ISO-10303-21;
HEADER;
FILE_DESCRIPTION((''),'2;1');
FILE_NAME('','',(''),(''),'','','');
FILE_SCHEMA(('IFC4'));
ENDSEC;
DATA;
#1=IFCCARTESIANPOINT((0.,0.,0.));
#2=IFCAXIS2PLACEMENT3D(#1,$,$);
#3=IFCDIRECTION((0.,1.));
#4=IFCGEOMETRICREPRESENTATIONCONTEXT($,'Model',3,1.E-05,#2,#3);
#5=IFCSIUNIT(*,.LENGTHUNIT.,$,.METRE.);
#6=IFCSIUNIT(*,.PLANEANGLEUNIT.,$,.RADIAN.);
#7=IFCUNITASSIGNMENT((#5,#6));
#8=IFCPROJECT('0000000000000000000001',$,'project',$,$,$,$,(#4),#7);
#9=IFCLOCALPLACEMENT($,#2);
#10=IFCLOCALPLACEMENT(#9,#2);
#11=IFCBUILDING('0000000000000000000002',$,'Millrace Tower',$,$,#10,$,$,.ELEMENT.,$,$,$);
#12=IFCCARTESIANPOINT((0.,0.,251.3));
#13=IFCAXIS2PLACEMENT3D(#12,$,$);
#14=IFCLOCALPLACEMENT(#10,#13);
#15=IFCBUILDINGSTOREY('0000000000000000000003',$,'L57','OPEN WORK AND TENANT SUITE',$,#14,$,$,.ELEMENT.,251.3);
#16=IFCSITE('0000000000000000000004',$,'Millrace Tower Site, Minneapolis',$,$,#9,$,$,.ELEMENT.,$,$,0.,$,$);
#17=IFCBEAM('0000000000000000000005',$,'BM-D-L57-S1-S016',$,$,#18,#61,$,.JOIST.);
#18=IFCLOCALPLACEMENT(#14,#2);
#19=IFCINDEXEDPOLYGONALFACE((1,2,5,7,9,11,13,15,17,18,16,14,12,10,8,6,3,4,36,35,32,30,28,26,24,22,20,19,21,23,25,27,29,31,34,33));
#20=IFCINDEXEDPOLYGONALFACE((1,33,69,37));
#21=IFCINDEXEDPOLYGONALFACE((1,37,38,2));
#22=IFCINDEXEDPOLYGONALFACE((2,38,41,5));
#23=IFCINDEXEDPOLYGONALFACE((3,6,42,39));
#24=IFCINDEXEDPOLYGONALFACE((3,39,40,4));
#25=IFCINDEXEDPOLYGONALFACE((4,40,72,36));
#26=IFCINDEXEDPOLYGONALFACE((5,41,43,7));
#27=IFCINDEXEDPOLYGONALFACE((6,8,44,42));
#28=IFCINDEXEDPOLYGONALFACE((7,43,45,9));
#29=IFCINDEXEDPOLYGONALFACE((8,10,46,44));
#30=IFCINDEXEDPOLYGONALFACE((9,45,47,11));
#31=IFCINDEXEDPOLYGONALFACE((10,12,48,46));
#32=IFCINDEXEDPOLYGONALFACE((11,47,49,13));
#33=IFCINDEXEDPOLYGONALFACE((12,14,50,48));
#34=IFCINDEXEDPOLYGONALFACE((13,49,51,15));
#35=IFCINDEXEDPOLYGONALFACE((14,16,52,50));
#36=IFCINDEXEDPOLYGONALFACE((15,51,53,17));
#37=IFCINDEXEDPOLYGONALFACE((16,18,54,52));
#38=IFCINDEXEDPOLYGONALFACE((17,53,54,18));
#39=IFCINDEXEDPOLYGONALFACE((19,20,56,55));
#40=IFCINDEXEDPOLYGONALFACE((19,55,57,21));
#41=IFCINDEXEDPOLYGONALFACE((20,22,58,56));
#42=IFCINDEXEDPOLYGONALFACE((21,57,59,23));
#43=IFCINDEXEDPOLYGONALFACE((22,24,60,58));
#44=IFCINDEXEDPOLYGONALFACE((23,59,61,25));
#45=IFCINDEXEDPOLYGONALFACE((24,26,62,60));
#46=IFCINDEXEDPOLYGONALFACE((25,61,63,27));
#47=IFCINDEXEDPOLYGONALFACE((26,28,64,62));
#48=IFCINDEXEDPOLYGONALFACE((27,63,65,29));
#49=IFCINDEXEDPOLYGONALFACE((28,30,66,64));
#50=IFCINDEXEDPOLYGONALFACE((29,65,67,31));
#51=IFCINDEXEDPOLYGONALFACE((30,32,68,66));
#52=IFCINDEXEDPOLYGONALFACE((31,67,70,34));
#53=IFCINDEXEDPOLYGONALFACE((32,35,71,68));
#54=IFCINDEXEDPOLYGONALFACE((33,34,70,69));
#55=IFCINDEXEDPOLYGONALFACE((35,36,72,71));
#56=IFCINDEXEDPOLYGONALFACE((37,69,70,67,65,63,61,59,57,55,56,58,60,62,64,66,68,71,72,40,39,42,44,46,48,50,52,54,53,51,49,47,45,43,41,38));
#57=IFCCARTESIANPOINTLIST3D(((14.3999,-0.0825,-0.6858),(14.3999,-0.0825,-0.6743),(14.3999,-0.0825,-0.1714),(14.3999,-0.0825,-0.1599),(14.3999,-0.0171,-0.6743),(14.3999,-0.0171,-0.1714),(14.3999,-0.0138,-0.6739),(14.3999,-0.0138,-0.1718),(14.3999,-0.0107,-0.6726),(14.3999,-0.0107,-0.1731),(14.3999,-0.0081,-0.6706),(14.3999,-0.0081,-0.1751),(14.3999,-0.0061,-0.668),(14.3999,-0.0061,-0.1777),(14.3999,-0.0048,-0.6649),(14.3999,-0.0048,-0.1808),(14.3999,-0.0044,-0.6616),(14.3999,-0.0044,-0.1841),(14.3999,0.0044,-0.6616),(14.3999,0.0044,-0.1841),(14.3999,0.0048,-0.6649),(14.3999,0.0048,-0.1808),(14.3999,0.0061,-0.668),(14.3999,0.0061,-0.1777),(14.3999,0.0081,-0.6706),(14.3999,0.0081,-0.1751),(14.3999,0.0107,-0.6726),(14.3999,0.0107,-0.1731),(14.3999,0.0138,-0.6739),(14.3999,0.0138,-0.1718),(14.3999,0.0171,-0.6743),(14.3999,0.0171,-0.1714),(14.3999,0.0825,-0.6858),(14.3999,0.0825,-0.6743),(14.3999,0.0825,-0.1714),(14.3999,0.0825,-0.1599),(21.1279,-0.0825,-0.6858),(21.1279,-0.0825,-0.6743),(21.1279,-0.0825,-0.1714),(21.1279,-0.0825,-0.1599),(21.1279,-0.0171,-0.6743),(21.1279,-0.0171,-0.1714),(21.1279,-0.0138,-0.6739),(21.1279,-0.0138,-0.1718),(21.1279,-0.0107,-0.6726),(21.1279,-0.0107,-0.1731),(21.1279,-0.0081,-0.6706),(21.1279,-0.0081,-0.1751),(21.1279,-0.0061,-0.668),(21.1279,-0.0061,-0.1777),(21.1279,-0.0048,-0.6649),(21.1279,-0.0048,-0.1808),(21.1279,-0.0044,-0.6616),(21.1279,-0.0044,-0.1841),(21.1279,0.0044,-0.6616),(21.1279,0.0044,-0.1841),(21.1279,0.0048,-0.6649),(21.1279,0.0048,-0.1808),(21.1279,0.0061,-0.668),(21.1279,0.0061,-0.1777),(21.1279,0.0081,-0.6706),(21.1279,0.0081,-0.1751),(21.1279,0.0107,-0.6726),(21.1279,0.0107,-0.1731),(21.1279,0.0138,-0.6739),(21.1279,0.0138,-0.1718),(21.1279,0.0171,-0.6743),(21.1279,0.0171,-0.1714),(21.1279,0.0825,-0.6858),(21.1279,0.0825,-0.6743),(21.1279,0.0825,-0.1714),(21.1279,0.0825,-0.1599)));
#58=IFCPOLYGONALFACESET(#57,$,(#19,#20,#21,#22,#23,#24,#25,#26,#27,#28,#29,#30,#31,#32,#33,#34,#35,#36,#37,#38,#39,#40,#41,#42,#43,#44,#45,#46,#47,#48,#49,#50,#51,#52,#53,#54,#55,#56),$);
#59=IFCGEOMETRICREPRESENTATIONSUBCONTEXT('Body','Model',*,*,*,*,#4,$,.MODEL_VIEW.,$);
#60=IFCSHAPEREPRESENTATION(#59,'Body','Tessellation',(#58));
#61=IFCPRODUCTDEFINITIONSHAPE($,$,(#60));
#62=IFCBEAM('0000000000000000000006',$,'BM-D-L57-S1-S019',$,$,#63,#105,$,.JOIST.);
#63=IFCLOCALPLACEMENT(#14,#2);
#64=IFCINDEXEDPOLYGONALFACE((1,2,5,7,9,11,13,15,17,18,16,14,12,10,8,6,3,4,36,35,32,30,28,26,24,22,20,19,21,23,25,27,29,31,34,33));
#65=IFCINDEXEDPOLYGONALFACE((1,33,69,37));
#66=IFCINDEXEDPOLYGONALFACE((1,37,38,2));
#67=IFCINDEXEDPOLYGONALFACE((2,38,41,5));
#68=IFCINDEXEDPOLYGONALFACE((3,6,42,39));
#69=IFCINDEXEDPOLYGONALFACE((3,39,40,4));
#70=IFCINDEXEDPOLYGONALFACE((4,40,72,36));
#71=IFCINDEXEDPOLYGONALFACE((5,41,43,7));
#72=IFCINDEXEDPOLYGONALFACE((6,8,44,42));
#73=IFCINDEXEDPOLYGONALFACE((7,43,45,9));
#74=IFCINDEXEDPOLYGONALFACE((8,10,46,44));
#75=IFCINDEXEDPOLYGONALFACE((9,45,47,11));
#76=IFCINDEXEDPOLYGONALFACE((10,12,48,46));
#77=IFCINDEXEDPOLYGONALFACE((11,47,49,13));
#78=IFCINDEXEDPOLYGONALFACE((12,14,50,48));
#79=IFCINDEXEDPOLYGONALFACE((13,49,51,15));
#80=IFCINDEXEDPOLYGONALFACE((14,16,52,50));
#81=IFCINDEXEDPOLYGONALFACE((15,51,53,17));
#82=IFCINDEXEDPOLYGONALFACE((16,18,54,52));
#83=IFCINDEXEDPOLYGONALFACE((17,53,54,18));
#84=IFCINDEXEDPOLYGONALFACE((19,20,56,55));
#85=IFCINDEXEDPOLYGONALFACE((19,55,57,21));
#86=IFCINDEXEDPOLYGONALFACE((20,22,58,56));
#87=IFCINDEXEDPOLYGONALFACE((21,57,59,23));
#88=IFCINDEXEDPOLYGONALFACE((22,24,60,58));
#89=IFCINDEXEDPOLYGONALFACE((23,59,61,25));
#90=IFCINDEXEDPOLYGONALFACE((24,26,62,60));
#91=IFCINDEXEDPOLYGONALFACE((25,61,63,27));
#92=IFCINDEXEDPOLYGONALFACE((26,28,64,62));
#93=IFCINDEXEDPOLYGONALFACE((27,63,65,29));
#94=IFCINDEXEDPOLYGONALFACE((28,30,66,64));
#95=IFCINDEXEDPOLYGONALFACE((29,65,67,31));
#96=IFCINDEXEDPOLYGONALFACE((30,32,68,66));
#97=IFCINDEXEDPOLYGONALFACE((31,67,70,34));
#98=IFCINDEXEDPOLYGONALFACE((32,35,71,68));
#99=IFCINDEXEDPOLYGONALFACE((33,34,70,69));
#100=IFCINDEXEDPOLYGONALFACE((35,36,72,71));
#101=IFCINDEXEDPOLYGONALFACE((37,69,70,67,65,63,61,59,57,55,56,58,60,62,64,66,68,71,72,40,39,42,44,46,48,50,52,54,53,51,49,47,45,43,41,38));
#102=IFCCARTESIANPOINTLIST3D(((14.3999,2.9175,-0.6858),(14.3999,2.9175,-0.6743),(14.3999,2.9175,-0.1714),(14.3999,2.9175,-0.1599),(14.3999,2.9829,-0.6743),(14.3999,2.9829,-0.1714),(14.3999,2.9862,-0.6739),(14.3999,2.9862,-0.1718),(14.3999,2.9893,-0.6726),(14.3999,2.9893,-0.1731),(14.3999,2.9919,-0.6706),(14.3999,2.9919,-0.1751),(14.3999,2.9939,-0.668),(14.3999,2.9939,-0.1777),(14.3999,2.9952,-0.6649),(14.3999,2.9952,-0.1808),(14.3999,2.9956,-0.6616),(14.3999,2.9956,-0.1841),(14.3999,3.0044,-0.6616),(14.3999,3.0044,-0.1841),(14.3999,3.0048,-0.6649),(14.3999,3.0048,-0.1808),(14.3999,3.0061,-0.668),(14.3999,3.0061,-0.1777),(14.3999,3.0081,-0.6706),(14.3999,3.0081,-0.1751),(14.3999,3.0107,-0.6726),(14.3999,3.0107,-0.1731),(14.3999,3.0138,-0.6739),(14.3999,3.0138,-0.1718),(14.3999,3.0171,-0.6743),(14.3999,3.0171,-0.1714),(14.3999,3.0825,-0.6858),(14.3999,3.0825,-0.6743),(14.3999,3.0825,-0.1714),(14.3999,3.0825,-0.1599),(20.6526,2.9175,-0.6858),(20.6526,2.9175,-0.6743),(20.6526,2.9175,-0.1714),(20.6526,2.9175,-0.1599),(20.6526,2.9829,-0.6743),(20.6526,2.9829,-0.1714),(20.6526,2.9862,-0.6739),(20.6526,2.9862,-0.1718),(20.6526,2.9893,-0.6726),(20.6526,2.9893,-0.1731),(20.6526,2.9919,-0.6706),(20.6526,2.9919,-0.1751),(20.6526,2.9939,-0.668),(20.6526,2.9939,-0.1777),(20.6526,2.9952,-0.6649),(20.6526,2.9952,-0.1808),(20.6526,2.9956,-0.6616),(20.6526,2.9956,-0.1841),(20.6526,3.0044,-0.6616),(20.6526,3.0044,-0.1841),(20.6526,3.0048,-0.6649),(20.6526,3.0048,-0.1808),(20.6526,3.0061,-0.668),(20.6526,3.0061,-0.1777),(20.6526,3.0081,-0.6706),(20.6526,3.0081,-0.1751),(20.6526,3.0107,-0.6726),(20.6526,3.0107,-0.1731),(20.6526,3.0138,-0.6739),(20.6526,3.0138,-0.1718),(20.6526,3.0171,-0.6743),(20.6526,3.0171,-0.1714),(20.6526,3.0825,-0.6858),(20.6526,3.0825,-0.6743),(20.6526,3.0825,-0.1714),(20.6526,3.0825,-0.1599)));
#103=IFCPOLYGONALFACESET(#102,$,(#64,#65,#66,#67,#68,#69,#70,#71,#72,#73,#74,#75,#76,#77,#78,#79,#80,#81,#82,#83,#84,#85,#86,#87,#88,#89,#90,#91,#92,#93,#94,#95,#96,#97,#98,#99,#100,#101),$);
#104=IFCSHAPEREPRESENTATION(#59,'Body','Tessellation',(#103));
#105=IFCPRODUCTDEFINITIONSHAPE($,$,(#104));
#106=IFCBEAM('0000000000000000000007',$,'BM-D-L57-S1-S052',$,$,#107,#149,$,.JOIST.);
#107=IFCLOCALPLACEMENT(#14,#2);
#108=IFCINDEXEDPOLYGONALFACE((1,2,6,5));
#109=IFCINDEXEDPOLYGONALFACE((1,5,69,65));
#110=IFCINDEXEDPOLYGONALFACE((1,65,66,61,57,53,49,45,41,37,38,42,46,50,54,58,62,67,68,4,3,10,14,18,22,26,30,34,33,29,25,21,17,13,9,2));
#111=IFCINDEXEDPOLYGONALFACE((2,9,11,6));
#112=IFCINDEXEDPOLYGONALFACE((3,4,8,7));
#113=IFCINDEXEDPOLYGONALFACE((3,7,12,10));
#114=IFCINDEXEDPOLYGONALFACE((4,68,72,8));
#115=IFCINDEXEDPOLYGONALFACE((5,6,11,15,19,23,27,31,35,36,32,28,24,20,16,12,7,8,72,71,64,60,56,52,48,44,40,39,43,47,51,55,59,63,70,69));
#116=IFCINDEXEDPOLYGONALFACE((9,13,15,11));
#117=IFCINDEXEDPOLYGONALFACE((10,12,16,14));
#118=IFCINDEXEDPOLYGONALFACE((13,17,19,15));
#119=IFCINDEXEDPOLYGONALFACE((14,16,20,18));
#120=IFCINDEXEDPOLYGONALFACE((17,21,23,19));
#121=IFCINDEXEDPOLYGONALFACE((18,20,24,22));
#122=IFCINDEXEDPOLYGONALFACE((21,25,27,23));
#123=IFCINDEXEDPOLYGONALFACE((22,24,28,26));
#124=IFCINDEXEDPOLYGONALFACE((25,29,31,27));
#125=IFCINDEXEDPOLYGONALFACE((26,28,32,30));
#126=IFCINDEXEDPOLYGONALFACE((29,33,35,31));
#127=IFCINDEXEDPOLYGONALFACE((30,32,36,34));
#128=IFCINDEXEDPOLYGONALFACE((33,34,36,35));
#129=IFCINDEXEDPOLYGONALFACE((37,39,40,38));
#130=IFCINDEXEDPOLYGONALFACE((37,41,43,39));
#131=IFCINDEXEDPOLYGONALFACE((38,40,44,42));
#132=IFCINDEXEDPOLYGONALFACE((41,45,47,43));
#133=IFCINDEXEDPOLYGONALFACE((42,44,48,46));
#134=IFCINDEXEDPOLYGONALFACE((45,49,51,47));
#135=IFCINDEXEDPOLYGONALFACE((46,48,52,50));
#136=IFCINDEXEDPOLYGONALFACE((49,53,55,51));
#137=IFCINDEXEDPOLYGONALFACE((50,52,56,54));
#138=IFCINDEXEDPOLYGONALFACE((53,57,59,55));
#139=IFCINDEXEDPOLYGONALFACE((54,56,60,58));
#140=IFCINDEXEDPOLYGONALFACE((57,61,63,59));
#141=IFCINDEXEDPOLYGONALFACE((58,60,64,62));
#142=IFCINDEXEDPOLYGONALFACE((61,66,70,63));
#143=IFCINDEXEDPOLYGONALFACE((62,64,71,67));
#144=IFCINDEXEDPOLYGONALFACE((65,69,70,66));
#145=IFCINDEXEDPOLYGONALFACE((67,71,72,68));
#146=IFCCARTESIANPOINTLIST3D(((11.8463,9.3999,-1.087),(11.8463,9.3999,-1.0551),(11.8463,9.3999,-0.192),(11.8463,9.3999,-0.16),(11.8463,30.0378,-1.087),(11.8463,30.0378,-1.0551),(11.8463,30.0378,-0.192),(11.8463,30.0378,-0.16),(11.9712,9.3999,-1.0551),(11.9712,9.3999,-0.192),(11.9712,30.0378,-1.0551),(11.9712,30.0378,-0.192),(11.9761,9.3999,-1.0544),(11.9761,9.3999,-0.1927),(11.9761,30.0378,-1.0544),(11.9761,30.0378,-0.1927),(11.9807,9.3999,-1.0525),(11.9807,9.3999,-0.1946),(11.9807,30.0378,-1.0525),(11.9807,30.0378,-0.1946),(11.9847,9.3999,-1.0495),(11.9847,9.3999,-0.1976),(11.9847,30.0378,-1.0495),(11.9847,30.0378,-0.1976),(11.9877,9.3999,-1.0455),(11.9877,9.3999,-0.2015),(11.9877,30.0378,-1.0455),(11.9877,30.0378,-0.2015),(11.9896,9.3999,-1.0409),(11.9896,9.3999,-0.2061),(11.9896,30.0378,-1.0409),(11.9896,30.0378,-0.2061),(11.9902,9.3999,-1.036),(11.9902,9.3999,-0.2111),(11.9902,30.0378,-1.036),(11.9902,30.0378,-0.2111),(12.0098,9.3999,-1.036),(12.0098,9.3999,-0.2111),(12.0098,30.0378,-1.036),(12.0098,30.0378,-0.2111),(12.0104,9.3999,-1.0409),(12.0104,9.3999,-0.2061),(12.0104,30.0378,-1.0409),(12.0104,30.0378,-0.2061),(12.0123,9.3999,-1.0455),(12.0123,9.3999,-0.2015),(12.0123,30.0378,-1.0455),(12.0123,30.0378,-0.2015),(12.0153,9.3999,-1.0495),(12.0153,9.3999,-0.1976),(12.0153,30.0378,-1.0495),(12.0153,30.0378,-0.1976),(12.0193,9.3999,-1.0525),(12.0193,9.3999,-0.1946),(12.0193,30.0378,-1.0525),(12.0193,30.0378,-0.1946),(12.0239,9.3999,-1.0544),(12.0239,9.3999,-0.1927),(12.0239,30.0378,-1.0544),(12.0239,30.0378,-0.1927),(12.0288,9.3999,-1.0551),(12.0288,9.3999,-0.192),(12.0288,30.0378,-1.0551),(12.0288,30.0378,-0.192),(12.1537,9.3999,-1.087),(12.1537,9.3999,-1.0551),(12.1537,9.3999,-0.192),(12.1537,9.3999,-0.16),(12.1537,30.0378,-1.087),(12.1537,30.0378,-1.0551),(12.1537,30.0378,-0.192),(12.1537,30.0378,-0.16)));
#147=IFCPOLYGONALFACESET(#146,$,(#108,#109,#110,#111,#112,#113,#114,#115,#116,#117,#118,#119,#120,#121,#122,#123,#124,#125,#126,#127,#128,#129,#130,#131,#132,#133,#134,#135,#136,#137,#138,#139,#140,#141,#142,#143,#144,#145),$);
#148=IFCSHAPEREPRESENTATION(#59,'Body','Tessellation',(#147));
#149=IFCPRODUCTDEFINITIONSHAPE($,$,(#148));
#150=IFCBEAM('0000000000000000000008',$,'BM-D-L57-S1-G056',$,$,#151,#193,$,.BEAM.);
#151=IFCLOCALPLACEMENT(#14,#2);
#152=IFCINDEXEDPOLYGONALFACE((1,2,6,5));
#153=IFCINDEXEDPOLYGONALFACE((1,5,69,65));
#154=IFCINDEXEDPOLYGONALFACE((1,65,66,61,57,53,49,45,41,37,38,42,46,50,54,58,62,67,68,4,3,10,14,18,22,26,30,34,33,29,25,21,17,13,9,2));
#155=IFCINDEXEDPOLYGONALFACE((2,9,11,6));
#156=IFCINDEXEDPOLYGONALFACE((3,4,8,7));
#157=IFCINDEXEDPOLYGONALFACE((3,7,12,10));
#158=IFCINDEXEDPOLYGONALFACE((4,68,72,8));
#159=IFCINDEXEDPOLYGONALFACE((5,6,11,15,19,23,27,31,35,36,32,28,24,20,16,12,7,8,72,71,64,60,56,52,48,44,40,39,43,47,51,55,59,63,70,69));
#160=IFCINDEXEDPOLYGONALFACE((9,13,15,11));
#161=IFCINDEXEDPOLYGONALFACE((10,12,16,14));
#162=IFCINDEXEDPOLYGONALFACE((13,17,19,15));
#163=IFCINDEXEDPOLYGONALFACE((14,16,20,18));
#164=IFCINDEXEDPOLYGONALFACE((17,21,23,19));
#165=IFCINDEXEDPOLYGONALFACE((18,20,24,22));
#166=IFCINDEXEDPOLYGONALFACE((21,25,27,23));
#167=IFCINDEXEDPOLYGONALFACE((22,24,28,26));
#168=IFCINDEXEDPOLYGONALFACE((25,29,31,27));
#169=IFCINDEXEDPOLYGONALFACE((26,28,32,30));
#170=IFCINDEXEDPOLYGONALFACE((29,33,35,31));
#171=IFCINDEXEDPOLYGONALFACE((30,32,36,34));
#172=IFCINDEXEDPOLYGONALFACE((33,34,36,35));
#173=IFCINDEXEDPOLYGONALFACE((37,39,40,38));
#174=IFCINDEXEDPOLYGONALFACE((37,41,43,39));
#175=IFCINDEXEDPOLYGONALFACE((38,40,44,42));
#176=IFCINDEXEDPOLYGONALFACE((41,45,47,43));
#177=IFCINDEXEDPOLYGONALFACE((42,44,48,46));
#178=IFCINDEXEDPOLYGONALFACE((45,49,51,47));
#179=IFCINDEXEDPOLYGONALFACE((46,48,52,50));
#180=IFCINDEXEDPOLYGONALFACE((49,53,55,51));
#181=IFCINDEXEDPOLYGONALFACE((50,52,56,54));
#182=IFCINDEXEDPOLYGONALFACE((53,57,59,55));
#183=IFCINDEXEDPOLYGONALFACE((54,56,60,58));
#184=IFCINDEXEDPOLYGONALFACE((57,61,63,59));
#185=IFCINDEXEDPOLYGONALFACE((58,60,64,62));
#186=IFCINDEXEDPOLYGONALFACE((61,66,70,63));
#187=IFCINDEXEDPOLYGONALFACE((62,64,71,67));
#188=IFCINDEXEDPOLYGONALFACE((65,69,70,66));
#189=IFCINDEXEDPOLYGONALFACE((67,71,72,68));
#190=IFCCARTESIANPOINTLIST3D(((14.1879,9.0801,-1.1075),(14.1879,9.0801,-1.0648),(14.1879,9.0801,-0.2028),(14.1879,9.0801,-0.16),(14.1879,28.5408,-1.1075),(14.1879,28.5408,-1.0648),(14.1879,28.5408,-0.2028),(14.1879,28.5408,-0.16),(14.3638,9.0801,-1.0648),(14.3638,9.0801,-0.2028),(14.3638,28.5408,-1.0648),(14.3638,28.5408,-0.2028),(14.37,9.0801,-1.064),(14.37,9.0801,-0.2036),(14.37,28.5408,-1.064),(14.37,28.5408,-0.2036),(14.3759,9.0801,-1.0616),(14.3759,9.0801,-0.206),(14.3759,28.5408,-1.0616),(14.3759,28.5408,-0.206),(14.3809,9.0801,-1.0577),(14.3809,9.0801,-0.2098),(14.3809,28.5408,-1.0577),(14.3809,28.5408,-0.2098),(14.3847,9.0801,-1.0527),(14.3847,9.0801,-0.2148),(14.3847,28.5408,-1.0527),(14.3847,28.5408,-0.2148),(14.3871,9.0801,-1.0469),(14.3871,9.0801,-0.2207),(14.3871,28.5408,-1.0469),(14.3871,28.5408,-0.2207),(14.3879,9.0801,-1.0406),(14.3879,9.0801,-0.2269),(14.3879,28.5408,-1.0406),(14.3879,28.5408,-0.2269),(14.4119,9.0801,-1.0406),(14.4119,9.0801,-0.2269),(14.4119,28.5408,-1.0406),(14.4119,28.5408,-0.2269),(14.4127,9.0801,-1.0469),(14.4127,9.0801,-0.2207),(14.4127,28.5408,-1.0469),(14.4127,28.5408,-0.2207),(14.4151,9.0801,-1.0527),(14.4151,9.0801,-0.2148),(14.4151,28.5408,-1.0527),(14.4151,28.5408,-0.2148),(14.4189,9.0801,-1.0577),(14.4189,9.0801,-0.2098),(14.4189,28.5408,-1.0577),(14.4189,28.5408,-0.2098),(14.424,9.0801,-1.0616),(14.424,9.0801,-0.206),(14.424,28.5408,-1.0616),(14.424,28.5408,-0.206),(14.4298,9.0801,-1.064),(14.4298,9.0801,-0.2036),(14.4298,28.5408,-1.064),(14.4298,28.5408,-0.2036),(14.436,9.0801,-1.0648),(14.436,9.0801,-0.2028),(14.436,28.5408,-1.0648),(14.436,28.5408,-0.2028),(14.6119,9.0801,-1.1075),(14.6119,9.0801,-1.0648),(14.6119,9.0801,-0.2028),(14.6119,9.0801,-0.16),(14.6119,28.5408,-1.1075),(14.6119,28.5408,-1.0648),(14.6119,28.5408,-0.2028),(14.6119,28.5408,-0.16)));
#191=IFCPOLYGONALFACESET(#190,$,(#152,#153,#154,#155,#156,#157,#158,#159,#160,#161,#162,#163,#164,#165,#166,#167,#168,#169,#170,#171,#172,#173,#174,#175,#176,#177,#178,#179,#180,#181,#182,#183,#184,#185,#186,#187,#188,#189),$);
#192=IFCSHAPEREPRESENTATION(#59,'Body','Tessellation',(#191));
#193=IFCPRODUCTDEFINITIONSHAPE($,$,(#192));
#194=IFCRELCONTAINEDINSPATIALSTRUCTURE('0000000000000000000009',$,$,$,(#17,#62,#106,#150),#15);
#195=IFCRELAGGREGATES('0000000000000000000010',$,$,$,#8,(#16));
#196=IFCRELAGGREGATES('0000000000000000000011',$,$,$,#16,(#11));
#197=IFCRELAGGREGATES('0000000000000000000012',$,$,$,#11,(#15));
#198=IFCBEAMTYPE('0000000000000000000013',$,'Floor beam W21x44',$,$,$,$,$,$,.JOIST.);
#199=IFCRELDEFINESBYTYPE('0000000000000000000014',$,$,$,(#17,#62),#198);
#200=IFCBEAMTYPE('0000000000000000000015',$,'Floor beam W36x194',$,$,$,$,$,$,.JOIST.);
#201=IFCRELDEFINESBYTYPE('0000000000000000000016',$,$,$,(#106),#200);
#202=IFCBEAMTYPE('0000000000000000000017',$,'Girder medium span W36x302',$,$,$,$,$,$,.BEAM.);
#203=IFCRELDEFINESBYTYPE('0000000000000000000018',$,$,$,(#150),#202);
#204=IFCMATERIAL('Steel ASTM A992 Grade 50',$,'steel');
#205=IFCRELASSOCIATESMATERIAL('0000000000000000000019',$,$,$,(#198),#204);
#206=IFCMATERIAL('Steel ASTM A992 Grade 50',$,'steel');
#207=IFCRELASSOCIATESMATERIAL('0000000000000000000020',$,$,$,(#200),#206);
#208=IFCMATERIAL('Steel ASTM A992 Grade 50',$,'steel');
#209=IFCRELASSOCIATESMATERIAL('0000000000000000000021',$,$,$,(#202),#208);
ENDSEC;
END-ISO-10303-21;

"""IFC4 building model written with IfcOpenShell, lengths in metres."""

from ifc_helpers import new_model, si_unit, direction, frame, origin, origin_2d, place, context, subcontext, project, spatial, i_section, extrude, material, material_profile, profile_set, type_object, element, save


model = new_model("IFC4")

# Units and contexts
model_context = context("Model", 3, precision=1e-05, world=origin(), true_north=direction((0.0, 1.0)))
body_context = subcontext(model_context, "Body", "Model", "MODEL_VIEW")
ifc_project = project(units=[si_unit("LENGTHUNIT", "METRE"), si_unit("PLANEANGLEUNIT", "RADIAN")], contexts=[model_context])

# Site, building, storey
site_placement = place(None, origin())
site = spatial("IfcSite", under=ifc_project, at=site_placement, Name="Millrace Tower Site, Minneapolis", CompositionType="ELEMENT", RefElevation=0.0)
building_placement = place(site_placement, origin())
building = spatial("IfcBuilding", under=site, at=building_placement, Name="Millrace Tower", CompositionType="ELEMENT")
storey_placement = place(building_placement, frame((0.0, 0.0, 251.3)))
storey = spatial("IfcBuildingStorey", under=building, at=storey_placement, Name="L57", Description="OPEN WORK AND TENANT SUITE", CompositionType="ELEMENT", Elevation=251.3)

# Beams
ifc_material_1 = material(Name="Steel ASTM A992 Grade 50", Category="steel")
ifc_material_profile_1 = material_profile(ifc_material_1, i_section(OverallWidth=0.165, OverallDepth=0.5259, WebThickness=0.0088, FlangeThickness=0.0115, FilletRadius=0.0127, at=origin_2d()))
ifc_profile_set_1 = profile_set([ifc_material_profile_1], Name="Steel ASTM A992 Grade 50")
beam_type_1 = type_object("IfcBeamType", Name="Floor beam W21x44", PredefinedType="JOIST", material=ifc_profile_set_1)
beam_1_placement = place(storey_placement, frame((14.3999, 0.0, -0.4229), z_axis=(1.0, 0.0, 0.0), x_axis=(0.0, 1.0, 0.0)))
element("IfcBeam", 1, at=beam_1_placement, inside=storey, type_object=beam_type_1, Name="BM-D-L57-S1-S016", PredefinedType="JOIST", context=body_context, shape_type="SweptSolid", body=[
    extrude(i_section(OverallWidth=0.165, OverallDepth=0.5259, WebThickness=0.0088, FlangeThickness=0.0115, FilletRadius=0.0127, at=origin_2d()), origin(), (0.0, 0.0, 1.0), 6.728),
])
beam_2_placement = place(storey_placement, frame((14.3999, 3.0, -0.4229), z_axis=(1.0, 0.0, 0.0), x_axis=(0.0, 1.0, 0.0)))
element("IfcBeam", 2, at=beam_2_placement, inside=storey, type_object=beam_type_1, Name="BM-D-L57-S1-S019", PredefinedType="JOIST", context=body_context, shape_type="SweptSolid", body=[
    extrude(i_section(OverallWidth=0.165, OverallDepth=0.5259, WebThickness=0.0088, FlangeThickness=0.0115, FilletRadius=0.0127, at=origin_2d()), origin(), (0.0, 0.0, 1.0), 6.2527),
])
ifc_material_2 = material(Name="Steel ASTM A992 Grade 50", Category="steel")
ifc_material_profile_2 = material_profile(ifc_material_2, i_section(OverallWidth=0.3074, OverallDepth=0.927, WebThickness=0.0195, FlangeThickness=0.032, FilletRadius=0.019, at=origin_2d()))
ifc_profile_set_2 = profile_set([ifc_material_profile_2], Name="Steel ASTM A992 Grade 50")
beam_type_2 = type_object("IfcBeamType", Name="Floor beam W36x194", PredefinedType="JOIST", material=ifc_profile_set_2)
beam_3_placement = place(storey_placement, frame((12.0, 9.3999, -0.6235), z_axis=(0.0, 1.0, 0.0), x_axis=(-1.0, 0.0, 0.0)))
element("IfcBeam", 3, at=beam_3_placement, inside=storey, type_object=beam_type_2, Name="BM-D-L57-S1-S052", PredefinedType="JOIST", context=body_context, shape_type="SweptSolid", body=[
    extrude(i_section(OverallWidth=0.3074, OverallDepth=0.927, WebThickness=0.0195, FlangeThickness=0.032, FilletRadius=0.019, at=origin_2d()), origin(), (0.0, 0.0, 1.0), 20.6379),
])
ifc_material_3 = material(Name="Steel ASTM A992 Grade 50", Category="steel")
ifc_material_profile_3 = material_profile(ifc_material_3, i_section(OverallWidth=0.4241, OverallDepth=0.9475, WebThickness=0.0239, FlangeThickness=0.0427, FilletRadius=0.0242, at=origin_2d()))
ifc_profile_set_3 = profile_set([ifc_material_profile_3], Name="Steel ASTM A992 Grade 50")
beam_type_3 = type_object("IfcBeamType", Name="Girder medium span W36x302", PredefinedType="BEAM", material=ifc_profile_set_3)
beam_4_placement = place(storey_placement, frame((14.3999, 9.0801, -0.6338), z_axis=(0.0, 1.0, 0.0), x_axis=(-1.0, 0.0, 0.0)))
element("IfcBeam", 4, at=beam_4_placement, inside=storey, type_object=beam_type_3, Name="BM-D-L57-S1-G056", PredefinedType="BEAM", context=body_context, shape_type="SweptSolid", body=[
    extrude(i_section(OverallWidth=0.4241, OverallDepth=0.9475, WebThickness=0.0239, FlangeThickness=0.0427, FilletRadius=0.0242, at=origin_2d()), origin(), (0.0, 0.0, 1.0), 19.4607),
])

save(model, "model.ifc")
